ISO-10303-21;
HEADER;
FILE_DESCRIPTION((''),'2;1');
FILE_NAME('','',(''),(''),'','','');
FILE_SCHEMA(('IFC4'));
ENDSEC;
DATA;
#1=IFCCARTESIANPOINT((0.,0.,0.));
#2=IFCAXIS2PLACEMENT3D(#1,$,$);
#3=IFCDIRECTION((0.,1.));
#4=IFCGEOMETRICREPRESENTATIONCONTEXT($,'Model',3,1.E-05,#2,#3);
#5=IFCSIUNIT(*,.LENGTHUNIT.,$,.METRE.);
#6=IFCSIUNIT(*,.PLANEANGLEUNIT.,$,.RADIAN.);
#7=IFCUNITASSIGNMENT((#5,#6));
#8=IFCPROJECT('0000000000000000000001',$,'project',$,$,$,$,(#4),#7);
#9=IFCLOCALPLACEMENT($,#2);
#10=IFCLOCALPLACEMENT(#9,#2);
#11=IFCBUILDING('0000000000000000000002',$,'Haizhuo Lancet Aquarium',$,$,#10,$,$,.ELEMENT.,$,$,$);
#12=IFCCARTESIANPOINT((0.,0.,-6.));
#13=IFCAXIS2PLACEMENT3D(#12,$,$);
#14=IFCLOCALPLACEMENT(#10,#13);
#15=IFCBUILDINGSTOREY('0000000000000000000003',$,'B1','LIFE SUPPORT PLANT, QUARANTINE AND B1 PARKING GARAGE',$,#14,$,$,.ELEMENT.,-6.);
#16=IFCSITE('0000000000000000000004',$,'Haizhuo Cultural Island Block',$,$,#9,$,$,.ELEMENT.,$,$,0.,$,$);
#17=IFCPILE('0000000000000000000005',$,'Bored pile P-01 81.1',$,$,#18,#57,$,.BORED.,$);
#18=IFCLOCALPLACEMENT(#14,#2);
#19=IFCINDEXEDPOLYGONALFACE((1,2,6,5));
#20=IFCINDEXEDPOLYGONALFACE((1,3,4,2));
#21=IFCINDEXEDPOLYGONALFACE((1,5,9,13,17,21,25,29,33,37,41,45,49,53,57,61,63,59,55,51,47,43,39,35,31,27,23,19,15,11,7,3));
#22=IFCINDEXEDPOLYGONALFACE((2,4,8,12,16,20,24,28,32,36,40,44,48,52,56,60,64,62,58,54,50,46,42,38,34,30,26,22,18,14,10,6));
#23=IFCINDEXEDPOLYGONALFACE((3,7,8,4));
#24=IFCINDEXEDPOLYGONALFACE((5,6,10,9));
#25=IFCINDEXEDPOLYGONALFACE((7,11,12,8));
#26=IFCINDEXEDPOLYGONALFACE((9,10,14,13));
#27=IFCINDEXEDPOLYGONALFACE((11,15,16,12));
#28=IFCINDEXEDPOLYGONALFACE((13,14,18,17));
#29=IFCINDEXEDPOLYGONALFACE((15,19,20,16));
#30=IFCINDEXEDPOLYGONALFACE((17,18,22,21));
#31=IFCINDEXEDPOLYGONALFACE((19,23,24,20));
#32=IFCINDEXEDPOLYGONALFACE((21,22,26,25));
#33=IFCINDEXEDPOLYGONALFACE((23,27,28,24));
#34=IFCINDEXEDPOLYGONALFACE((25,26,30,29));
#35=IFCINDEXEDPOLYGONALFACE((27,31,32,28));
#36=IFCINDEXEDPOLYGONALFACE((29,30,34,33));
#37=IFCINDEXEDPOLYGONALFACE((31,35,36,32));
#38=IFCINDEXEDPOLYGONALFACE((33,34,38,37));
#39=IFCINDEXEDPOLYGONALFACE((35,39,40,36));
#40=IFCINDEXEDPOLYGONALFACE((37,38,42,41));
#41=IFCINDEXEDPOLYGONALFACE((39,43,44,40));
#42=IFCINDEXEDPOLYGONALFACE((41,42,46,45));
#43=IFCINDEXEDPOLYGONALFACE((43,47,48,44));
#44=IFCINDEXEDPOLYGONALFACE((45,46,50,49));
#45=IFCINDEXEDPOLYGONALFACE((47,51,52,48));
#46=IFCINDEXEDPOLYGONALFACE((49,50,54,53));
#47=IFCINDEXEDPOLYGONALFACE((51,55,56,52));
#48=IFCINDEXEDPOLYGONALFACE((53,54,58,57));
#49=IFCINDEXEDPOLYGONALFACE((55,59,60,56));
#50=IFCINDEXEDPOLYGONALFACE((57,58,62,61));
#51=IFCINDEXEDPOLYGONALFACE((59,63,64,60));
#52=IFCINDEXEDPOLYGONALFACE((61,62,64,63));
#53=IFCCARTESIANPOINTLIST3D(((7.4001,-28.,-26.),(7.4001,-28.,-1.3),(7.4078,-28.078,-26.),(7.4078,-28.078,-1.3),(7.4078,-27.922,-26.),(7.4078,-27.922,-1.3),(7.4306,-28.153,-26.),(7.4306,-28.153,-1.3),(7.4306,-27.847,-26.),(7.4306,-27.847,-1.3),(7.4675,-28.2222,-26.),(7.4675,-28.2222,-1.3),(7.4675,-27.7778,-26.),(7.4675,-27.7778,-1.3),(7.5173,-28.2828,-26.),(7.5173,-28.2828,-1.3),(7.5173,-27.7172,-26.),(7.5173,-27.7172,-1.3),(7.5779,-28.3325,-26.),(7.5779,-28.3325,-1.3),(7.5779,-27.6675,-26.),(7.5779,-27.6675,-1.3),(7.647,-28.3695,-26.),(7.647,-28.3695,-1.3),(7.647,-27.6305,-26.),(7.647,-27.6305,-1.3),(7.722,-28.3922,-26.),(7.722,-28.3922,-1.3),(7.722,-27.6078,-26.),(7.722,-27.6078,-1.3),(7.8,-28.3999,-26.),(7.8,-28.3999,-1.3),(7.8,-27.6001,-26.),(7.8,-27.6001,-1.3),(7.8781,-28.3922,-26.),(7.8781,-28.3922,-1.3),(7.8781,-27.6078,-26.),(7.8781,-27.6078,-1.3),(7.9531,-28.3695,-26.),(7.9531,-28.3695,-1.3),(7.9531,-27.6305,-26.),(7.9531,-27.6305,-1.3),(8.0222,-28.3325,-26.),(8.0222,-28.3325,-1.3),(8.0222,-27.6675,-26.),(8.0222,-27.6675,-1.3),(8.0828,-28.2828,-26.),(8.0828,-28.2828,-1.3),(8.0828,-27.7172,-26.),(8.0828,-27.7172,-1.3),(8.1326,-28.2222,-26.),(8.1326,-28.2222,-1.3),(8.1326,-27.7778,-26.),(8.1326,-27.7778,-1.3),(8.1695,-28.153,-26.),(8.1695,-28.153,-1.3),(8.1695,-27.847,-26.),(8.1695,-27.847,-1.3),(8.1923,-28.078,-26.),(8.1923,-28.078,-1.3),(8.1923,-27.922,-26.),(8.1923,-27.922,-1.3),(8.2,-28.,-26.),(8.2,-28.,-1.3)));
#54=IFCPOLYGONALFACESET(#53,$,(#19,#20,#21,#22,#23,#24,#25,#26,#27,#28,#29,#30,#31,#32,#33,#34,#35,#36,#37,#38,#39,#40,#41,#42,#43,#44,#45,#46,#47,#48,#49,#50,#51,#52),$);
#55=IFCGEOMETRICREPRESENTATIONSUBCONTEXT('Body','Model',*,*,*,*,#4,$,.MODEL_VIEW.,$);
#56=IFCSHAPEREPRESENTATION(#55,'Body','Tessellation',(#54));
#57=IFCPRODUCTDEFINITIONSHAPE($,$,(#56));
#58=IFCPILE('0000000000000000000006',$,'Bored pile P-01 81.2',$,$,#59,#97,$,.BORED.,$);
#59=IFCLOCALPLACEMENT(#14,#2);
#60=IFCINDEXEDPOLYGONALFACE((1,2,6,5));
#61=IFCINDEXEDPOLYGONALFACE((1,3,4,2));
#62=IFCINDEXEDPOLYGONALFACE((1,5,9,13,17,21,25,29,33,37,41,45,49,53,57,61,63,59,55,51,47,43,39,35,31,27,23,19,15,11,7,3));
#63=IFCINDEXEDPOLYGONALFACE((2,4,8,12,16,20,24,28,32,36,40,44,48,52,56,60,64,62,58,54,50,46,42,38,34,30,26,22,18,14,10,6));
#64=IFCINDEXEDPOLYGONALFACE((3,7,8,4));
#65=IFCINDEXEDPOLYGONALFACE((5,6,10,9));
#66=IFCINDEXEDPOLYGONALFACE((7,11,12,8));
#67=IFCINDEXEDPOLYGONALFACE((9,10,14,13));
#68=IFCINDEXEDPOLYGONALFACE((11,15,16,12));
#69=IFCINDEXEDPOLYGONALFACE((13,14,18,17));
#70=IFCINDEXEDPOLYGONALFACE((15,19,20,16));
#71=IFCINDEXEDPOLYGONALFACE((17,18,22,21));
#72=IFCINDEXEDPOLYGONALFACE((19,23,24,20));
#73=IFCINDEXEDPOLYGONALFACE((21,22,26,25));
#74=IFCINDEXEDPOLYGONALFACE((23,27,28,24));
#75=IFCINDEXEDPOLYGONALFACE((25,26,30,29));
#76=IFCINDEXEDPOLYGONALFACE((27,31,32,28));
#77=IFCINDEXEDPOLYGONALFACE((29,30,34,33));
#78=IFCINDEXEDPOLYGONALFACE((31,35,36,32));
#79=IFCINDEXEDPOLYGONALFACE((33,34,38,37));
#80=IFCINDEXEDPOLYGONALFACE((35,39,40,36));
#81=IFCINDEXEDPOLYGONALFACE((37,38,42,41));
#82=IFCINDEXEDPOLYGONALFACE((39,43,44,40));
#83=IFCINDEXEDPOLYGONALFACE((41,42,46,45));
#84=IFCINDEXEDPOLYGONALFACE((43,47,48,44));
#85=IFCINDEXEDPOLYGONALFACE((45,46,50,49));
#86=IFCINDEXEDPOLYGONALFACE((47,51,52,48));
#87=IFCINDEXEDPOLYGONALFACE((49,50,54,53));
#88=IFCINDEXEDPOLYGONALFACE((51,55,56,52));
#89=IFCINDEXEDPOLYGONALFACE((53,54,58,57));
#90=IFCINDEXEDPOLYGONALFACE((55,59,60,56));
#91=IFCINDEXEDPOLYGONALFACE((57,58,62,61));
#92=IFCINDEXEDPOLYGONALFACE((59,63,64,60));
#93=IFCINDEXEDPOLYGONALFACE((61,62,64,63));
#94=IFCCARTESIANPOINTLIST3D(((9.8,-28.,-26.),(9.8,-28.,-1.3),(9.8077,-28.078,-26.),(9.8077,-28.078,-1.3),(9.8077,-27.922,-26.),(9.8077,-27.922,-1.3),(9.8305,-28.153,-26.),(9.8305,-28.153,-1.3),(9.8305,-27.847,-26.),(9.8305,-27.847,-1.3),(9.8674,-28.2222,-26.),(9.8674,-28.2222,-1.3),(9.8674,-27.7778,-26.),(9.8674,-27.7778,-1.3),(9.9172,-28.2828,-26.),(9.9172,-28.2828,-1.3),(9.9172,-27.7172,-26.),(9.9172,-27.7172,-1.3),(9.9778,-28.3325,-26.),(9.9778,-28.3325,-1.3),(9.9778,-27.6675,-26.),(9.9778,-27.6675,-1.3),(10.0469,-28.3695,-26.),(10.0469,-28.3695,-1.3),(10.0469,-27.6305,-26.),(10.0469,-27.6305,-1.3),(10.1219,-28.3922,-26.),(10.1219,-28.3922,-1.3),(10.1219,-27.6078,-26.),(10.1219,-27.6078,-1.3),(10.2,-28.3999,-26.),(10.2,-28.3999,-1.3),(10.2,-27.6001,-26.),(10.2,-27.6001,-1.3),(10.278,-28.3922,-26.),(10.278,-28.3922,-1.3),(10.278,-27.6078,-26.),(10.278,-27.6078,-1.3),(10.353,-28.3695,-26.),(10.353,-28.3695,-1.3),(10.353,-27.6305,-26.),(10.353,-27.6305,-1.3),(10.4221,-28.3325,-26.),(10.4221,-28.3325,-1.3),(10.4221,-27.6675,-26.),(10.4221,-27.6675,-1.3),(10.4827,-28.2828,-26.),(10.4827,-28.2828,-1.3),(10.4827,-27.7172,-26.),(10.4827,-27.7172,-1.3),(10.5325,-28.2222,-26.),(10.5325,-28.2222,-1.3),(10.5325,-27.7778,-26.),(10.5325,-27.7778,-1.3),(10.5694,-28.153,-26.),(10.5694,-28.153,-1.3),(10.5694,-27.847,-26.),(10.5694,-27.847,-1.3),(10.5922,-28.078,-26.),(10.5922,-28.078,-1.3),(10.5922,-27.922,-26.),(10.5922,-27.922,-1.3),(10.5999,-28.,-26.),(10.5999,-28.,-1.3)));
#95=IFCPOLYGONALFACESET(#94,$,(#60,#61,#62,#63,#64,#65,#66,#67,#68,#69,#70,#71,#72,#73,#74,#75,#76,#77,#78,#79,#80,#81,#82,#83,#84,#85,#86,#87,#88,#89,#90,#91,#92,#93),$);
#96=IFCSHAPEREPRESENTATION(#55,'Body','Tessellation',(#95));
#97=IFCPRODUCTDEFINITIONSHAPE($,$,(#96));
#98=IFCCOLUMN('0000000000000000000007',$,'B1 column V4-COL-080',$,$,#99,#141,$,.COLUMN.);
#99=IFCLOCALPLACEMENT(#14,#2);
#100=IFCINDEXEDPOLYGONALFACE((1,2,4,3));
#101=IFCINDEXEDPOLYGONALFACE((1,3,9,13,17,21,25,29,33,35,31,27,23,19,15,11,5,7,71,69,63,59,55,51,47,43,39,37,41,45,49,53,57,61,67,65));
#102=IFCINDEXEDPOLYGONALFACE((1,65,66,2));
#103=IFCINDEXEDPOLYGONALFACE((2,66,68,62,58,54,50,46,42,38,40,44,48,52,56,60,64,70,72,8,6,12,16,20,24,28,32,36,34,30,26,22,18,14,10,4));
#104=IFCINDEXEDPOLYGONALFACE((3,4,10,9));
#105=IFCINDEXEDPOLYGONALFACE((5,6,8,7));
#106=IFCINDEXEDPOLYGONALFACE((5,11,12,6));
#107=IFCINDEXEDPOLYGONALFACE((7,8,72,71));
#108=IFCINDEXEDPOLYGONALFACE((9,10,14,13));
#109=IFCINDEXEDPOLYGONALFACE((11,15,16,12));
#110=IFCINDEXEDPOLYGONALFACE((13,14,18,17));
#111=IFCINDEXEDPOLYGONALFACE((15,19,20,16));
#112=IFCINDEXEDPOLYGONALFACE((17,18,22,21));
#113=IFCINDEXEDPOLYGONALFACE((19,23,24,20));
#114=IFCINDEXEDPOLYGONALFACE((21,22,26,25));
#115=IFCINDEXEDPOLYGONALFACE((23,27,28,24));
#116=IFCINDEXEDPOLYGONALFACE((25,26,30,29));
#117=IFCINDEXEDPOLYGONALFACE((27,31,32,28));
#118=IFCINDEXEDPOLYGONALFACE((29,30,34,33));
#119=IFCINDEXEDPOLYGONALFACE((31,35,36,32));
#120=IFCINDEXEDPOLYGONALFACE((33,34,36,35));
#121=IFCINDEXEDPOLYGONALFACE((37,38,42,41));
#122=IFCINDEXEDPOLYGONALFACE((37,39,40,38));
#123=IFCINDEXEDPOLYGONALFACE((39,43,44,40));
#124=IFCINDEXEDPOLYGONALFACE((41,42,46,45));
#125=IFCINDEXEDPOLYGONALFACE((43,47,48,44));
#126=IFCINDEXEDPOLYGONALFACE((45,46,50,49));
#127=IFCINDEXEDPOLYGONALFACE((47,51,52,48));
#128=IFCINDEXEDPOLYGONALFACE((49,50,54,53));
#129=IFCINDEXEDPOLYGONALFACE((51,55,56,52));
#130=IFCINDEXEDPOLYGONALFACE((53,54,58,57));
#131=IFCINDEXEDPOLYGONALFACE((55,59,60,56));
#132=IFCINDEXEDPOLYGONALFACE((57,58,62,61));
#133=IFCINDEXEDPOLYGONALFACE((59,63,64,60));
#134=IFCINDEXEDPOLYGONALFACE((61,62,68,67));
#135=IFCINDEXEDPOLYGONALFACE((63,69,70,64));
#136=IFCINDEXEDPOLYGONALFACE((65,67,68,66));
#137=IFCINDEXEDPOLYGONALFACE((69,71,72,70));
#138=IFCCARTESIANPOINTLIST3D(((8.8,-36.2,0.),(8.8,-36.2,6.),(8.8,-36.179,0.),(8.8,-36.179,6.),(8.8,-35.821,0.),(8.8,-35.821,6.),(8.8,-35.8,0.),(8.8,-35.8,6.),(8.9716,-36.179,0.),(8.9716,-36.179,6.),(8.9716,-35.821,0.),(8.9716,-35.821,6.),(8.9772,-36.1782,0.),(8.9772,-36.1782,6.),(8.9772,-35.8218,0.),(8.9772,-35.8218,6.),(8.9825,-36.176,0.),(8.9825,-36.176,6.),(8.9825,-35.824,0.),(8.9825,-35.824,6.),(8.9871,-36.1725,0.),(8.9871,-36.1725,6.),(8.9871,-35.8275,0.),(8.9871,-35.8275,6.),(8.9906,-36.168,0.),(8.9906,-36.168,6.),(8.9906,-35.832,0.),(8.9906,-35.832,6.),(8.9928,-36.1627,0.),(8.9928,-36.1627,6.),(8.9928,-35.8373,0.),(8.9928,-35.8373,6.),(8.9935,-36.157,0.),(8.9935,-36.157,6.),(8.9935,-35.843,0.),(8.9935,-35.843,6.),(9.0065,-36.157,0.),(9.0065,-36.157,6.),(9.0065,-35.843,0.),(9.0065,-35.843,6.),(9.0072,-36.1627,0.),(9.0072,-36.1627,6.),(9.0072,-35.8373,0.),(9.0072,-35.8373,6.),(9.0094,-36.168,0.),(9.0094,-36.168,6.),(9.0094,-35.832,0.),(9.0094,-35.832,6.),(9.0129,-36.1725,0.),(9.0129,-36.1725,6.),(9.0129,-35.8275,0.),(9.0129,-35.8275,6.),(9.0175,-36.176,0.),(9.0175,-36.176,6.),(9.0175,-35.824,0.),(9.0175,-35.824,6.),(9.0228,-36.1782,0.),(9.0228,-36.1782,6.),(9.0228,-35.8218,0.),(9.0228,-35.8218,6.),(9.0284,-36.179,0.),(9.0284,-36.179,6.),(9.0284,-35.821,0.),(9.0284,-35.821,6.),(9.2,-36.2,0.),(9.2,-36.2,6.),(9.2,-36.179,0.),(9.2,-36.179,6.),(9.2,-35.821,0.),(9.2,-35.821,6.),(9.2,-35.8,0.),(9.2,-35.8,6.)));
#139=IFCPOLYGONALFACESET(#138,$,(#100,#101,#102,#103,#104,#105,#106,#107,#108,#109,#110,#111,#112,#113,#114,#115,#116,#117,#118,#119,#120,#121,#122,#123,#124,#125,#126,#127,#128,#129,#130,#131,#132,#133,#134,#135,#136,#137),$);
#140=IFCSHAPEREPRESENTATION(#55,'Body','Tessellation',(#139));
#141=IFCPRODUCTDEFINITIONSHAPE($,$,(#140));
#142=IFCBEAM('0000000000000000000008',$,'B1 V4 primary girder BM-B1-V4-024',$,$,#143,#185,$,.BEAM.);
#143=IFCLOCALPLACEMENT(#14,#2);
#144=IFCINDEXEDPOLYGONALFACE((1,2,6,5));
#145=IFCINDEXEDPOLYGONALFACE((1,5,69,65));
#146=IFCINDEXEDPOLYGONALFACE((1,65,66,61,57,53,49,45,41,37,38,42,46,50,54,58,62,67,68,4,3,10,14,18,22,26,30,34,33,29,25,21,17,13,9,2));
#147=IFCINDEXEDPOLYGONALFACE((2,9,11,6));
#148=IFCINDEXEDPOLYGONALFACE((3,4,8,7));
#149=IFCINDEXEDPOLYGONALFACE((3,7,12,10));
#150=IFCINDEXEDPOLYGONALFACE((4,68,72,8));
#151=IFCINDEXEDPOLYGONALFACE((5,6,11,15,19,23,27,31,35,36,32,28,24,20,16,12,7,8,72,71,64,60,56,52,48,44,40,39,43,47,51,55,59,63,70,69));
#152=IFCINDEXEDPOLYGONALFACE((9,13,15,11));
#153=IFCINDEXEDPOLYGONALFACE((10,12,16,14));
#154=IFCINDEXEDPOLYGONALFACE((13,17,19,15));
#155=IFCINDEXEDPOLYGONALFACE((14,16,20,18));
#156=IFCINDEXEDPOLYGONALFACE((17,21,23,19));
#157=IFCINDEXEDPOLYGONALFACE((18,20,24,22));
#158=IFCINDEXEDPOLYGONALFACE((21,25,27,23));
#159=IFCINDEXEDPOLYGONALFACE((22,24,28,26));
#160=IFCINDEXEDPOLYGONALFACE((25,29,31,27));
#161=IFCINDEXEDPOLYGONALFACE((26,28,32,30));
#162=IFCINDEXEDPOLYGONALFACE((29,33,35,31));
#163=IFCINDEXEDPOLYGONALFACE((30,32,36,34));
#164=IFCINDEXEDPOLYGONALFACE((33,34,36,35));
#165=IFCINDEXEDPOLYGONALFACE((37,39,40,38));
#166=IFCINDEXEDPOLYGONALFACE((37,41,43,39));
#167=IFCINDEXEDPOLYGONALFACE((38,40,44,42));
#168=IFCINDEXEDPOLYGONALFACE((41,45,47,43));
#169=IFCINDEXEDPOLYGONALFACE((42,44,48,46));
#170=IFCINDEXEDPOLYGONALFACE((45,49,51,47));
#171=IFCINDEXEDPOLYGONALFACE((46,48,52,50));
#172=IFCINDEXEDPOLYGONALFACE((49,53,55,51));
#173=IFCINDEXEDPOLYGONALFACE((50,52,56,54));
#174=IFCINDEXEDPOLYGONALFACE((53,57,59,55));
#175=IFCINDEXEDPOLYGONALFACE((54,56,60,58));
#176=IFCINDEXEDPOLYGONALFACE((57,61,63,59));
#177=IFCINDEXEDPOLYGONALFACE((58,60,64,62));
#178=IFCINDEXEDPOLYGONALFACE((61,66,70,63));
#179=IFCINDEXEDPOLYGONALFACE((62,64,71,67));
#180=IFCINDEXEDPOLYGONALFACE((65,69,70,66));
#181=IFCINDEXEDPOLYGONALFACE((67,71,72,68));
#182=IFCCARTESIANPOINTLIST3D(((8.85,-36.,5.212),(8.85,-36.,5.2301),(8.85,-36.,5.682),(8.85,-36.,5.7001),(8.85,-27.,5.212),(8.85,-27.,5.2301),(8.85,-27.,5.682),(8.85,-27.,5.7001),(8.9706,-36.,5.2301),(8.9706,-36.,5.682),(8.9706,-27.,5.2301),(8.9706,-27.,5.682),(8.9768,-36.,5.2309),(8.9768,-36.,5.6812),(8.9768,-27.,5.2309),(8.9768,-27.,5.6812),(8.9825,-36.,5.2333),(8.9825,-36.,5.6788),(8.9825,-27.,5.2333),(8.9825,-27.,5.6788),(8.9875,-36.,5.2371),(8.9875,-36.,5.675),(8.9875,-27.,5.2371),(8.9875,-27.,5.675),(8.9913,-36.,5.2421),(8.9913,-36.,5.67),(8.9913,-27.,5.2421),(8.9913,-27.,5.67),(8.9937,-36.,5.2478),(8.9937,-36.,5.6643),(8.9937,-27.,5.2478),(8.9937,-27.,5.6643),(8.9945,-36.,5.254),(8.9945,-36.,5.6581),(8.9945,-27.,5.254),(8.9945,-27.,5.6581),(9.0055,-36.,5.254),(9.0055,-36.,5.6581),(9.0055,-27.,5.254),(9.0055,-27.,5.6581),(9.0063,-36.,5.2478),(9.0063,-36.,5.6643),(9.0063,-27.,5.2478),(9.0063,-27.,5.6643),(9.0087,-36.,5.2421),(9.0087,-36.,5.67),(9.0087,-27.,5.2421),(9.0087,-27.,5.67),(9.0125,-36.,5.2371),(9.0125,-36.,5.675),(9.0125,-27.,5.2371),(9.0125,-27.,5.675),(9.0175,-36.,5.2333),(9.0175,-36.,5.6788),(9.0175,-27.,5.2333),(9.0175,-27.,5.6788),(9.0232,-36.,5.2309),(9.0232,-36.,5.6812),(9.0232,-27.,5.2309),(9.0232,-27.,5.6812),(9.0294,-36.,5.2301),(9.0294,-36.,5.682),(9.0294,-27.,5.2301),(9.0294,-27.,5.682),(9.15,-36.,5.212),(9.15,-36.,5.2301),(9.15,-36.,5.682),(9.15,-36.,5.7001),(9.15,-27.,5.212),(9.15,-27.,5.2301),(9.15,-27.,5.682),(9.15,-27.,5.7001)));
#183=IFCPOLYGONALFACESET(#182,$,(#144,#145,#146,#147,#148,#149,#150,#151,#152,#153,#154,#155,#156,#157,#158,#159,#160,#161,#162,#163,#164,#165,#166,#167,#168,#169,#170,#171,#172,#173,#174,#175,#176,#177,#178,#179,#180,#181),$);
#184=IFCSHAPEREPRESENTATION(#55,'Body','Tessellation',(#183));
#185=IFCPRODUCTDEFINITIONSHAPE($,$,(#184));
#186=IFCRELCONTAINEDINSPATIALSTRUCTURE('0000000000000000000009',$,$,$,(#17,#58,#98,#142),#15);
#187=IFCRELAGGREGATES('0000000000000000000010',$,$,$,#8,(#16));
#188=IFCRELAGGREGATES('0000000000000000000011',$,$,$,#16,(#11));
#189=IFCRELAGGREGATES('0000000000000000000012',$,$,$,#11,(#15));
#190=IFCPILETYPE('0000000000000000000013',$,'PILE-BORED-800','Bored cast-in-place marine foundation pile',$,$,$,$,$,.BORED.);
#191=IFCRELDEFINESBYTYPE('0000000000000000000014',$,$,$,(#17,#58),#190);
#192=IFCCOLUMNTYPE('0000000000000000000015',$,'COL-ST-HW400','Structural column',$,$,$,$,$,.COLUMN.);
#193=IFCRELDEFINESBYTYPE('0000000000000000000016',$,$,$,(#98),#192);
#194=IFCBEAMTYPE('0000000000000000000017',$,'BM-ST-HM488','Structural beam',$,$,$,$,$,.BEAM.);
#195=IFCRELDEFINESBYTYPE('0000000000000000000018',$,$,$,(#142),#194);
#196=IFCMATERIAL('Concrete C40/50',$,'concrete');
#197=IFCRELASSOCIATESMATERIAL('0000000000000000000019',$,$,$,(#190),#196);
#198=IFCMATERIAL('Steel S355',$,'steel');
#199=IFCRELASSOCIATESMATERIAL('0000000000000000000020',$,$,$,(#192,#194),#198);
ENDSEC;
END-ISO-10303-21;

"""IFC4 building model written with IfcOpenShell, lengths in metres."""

from ifc_helpers import new_model, si_unit, direction, frame, origin, origin_2d, place, context, subcontext, project, spatial, circle, i_section, extrude, material, material_profile, profile_set, type_object, element, save


model = new_model("IFC4")

# Units and contexts
model_context = context("Model", 3, precision=1e-05, world=origin(), true_north=direction((0.0, 1.0)))
body_context = subcontext(model_context, "Body", "Model", "MODEL_VIEW")
ifc_project = project(units=[si_unit("LENGTHUNIT", "METRE"), si_unit("PLANEANGLEUNIT", "RADIAN")], contexts=[model_context])

# Site, building, storey
site_placement = place(None, origin())
site = spatial("IfcSite", under=ifc_project, at=site_placement, Name="Haizhuo Cultural Island Block", CompositionType="ELEMENT", RefElevation=0.0)
building_placement = place(site_placement, origin())
building = spatial("IfcBuilding", under=site, at=building_placement, Name="Haizhuo Lancet Aquarium", CompositionType="ELEMENT")
storey_placement = place(building_placement, frame((0.0, 0.0, -6.0)))
storey = spatial("IfcBuildingStorey", under=building, at=storey_placement, Name="B1", Description="LIFE SUPPORT PLANT, QUARANTINE AND B1 PARKING GARAGE", CompositionType="ELEMENT", Elevation=-6.0)

# Shared definitions
ifc_material_1 = material(Name="Concrete C40/50", Category="concrete")

# Piles
ifc_material_profile_1 = material_profile(ifc_material_1, circle(Radius=0.3999, at=origin_2d()), Name="PILE-800")
ifc_profile_set_1 = profile_set([ifc_material_profile_1], Name="Concrete C40/50")
pile_type = type_object("IfcPileType", Name="PILE-BORED-800", Description="Bored cast-in-place marine foundation pile", PredefinedType="BORED", material=ifc_profile_set_1)
for number, where, z_axis, x_axis, name in (
    (1, (7.8, -28.0, -1.3), (0.0, 0.0, -1.0), (1.0, 0.0, 0.0), "Bored pile P-01 81.1"),
    (2, (10.2, -28.0, -1.3), (0.0, 0.0, -1.0), (1.0, 0.0, 0.0), "Bored pile P-01 81.2"),
):
    element("IfcPile", number, at=place(storey_placement, frame(where, z_axis=z_axis, x_axis=x_axis)), inside=storey, type_object=pile_type, Name=name, PredefinedType="BORED", context=body_context, shape_type="SweptSolid", body=[
        extrude(circle(Radius=0.3999, at=origin_2d()), origin(), (0.0, 0.0, 1.0), 24.7),
    ])

# Column
ifc_material_2 = material(Name="Steel S355", Category="steel")
ifc_material_profile_2 = material_profile(ifc_material_2, i_section(OverallWidth=0.3999, OverallDepth=0.3999, WebThickness=0.0129, FlangeThickness=0.021, FilletRadius=0.022, at=origin_2d()), Name="HW 400x400x13x21")
ifc_profile_set_2 = profile_set([ifc_material_profile_2], Name="Steel S355")
column_type = type_object("IfcColumnType", Name="COL-ST-HW400", Description="Structural column", PredefinedType="COLUMN", material=ifc_profile_set_2)
column_placement = place(storey_placement, frame((9.0, -36.0, 0.0), z_axis=(0.0, 0.0, 1.0), x_axis=(1.0, 0.0, 0.0)))
element("IfcColumn", 3, at=column_placement, inside=storey, type_object=column_type, Name="B1 column V4-COL-080", PredefinedType="COLUMN", context=body_context, shape_type="SweptSolid", body=[
    extrude(i_section(OverallWidth=0.3999, OverallDepth=0.3999, WebThickness=0.0129, FlangeThickness=0.021, FilletRadius=0.022, at=origin_2d()), origin(), (0.0, 0.0, 1.0), 6.0),
])

# Beam
ifc_material_profile_3 = material_profile(ifc_material_2, i_section(OverallWidth=0.3, OverallDepth=0.488, WebThickness=0.011, FlangeThickness=0.0181, FilletRadius=0.0239, at=origin_2d()), Name="HM 488x300x11x18")
ifc_profile_set_3 = profile_set([ifc_material_profile_3], Name="Steel S355")
beam_type_1 = type_object("IfcBeamType", Name="BM-ST-HM488", Description="Structural beam", PredefinedType="BEAM", material=ifc_profile_set_3)
beam_1_placement = place(storey_placement, frame((9.0, -36.0, 5.4561), z_axis=(0.0, 1.0, 0.0), x_axis=(-1.0, 0.0, 0.0)))
element("IfcBeam", 4, at=beam_1_placement, inside=storey, type_object=beam_type_1, Name="B1 V4 primary girder BM-B1-V4-024", PredefinedType="BEAM", context=body_context, shape_type="SweptSolid", body=[
    extrude(i_section(OverallWidth=0.3, OverallDepth=0.488, WebThickness=0.011, FlangeThickness=0.0181, FilletRadius=0.0239, at=origin_2d()), origin(), (0.0, 0.0, 1.0), 9.0),
])

save(model, "model.ifc")
